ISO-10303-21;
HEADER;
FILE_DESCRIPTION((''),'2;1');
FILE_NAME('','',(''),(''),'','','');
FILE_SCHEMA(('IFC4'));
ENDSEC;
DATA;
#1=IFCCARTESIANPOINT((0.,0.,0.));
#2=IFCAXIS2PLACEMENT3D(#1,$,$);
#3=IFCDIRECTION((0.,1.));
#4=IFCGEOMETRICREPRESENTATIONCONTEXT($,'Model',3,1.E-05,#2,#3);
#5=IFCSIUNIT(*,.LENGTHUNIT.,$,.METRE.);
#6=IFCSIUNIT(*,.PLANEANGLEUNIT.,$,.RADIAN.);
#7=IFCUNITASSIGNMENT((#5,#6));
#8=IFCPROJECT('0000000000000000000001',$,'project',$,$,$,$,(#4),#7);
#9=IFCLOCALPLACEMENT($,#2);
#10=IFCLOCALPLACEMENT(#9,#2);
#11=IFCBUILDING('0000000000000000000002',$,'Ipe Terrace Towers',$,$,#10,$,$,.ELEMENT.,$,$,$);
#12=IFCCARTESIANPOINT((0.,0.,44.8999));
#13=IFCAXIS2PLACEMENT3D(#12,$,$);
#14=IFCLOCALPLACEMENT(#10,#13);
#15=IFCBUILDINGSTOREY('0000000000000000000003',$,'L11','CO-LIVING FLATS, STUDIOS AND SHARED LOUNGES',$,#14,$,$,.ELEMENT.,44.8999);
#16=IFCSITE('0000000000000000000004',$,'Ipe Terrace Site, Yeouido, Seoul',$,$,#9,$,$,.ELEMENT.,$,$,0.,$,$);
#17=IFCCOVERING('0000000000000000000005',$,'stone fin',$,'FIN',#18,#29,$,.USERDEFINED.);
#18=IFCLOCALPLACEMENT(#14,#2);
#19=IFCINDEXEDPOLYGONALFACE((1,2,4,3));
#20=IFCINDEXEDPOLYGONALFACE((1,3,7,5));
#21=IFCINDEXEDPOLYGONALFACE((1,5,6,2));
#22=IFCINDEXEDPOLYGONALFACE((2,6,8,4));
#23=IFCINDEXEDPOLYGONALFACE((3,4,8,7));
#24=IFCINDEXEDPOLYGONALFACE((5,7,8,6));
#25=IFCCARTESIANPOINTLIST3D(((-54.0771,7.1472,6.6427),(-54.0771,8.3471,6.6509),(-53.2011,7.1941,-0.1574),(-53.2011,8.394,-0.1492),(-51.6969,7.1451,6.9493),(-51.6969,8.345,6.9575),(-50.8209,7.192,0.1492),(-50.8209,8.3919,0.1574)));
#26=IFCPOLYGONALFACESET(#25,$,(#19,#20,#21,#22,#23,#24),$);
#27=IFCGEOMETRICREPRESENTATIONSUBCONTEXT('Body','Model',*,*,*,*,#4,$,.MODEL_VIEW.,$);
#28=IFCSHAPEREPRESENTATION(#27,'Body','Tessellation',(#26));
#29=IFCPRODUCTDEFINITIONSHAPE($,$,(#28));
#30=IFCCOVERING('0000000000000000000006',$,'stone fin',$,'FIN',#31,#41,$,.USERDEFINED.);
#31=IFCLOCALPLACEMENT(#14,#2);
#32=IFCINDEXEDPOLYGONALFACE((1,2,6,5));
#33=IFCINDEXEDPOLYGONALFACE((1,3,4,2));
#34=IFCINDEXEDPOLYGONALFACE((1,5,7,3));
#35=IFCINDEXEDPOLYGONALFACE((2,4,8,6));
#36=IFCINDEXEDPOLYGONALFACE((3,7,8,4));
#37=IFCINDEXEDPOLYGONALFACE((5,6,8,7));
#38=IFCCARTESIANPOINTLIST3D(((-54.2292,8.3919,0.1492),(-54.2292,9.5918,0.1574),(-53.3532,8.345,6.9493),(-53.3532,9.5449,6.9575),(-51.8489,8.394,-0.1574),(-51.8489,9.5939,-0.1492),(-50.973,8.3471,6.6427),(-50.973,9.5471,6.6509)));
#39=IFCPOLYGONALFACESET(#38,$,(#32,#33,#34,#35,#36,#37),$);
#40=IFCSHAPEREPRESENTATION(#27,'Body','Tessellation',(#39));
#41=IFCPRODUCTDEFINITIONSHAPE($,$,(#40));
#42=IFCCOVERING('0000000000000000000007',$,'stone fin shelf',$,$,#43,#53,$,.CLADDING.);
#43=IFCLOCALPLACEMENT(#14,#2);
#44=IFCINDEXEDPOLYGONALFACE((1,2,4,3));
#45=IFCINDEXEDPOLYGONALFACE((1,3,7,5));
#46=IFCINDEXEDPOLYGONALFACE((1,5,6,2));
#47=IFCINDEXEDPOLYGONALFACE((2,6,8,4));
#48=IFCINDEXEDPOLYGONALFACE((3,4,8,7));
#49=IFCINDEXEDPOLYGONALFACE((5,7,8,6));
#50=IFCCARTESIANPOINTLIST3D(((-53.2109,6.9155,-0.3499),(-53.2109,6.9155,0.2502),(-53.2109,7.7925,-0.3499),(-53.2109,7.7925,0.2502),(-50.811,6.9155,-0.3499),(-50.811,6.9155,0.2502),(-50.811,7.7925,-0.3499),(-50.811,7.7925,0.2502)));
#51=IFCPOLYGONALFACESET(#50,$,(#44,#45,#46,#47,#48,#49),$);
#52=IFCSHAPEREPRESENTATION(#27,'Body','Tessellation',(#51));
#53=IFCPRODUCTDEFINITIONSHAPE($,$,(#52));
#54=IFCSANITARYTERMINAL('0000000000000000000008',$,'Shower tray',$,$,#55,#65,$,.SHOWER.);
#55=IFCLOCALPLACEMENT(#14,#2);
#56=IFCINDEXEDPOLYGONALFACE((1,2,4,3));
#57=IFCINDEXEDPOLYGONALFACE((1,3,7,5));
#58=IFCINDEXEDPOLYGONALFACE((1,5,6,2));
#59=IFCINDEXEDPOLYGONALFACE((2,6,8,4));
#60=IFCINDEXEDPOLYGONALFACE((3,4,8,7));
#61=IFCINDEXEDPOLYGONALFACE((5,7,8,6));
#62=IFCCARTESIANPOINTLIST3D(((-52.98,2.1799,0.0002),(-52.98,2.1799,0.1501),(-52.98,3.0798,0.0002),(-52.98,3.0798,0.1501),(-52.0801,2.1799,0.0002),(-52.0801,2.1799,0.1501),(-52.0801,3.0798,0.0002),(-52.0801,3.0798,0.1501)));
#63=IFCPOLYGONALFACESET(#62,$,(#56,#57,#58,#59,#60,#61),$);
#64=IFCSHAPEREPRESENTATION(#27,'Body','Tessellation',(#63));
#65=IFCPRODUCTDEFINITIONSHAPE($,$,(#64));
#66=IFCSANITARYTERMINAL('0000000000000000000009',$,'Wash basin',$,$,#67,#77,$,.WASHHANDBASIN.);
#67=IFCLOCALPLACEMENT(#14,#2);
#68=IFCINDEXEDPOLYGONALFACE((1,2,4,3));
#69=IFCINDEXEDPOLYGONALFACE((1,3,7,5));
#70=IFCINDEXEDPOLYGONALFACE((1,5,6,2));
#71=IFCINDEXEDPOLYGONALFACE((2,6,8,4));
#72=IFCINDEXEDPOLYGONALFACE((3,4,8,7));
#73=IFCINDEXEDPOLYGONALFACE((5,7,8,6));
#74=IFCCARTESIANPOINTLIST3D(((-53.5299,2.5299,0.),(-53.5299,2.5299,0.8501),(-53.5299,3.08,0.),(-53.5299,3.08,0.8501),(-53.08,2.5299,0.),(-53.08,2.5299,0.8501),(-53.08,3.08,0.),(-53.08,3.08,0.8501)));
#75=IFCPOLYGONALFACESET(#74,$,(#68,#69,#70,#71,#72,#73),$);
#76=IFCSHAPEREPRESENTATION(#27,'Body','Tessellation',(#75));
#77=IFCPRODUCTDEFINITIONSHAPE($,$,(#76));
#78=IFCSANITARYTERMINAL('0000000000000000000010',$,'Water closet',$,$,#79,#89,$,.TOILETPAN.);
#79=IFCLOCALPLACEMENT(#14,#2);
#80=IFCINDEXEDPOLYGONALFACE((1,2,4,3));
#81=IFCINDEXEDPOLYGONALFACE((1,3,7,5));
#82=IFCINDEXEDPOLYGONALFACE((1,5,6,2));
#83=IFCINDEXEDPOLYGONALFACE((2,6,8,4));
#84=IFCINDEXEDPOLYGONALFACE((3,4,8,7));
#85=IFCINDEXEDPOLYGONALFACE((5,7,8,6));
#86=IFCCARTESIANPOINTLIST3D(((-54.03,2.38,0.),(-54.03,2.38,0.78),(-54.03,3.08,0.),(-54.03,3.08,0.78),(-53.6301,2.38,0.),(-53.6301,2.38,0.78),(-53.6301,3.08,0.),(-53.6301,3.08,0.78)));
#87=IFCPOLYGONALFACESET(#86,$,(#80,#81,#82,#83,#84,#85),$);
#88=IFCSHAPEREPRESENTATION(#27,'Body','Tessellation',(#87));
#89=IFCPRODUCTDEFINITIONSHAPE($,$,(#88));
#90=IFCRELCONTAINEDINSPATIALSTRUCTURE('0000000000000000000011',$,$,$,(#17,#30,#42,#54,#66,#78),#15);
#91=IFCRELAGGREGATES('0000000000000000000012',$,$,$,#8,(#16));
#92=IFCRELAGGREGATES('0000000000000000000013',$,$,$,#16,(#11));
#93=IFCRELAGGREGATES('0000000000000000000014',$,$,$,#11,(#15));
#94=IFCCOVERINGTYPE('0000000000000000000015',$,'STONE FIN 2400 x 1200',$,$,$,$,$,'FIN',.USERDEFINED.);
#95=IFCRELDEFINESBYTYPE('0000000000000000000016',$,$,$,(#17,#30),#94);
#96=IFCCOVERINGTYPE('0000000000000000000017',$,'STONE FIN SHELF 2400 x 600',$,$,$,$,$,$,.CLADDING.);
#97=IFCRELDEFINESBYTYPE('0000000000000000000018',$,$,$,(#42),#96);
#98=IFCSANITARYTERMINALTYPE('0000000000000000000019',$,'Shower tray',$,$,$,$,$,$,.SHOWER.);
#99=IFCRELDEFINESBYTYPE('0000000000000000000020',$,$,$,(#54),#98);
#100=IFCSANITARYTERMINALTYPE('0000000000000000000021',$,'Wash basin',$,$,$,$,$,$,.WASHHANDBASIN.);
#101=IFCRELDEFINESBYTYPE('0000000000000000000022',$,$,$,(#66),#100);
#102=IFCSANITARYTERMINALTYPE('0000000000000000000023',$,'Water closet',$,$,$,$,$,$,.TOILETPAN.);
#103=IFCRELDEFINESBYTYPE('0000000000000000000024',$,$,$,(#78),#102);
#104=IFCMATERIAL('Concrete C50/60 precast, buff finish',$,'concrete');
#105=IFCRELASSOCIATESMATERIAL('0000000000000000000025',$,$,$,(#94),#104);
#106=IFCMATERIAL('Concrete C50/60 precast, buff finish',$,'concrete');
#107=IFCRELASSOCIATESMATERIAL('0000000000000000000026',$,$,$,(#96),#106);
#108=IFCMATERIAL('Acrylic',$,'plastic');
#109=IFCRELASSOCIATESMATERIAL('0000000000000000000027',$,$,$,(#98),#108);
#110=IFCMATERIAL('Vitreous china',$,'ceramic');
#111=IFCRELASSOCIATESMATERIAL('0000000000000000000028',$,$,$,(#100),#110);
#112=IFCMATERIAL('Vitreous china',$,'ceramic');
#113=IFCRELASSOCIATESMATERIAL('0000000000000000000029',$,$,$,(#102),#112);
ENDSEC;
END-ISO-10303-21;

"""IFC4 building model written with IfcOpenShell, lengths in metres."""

from ifc_helpers import new_model, si_unit, direction, frame, origin, origin_2d, place, context, subcontext, project, spatial, rectangle, extrude, material, material_profile, profile_set, type_object, element, save


model = new_model("IFC4")

# Units and contexts
model_context = context("Model", 3, precision=1e-05, world=origin(), true_north=direction((0.0, 1.0)))
body_context = subcontext(model_context, "Body", "Model", "MODEL_VIEW")
ifc_project = project(units=[si_unit("LENGTHUNIT", "METRE"), si_unit("PLANEANGLEUNIT", "RADIAN")], contexts=[model_context])

# Site, building, storey
site_placement = place(None, origin())
site = spatial("IfcSite", under=ifc_project, at=site_placement, Name="Ipe Terrace Site, Yeouido, Seoul", CompositionType="ELEMENT", RefElevation=0.0)
building_placement = place(site_placement, origin())
building = spatial("IfcBuilding", under=site, at=building_placement, Name="Ipe Terrace Towers", CompositionType="ELEMENT")
storey_placement = place(building_placement, frame((0.0, 0.0, 44.8999)))
storey = spatial("IfcBuildingStorey", under=building, at=storey_placement, Name="L11", Description="CO-LIVING FLATS, STUDIOS AND SHARED LOUNGES", CompositionType="ELEMENT", Elevation=44.8999)

# Coverings
ifc_material_1 = material(Name="Concrete C50/60 precast, buff finish", Category="concrete")
ifc_material_profile_1 = material_profile(ifc_material_1, rectangle(XDim=2.3999, YDim=1.2, at=origin_2d()), Name="STONE FIN 2400 x 1200")
ifc_profile_set_1 = profile_set([ifc_material_profile_1], Name="Concrete C50/60 precast, buff finish")
covering_type_1 = type_object("IfcCoveringType", Name="STONE FIN 2400 x 1200", ElementType="FIN", PredefinedType="USERDEFINED", material=ifc_profile_set_1)
for number, where, z_axis, x_axis, name in (
    (1, (-52.011, 7.793, 0.0), (-0.12776, -0.006837, 0.991781), (-0.991805, 0.000881, -0.127757), "stone fin"),
    (2, (-53.0391, 8.9929, 0.0), (0.12776, -0.006837, 0.991781), (-0.991805, -0.000881, 0.127757), "stone fin"),
):
    element("IfcCovering", number, at=place(storey_placement, frame(where, z_axis=z_axis, x_axis=x_axis)), inside=storey, type_object=covering_type_1, Name=name, ObjectType="FIN", PredefinedType="USERDEFINED", context=body_context, shape_type="SweptSolid", body=[
        extrude(rectangle(XDim=2.3999, YDim=1.2, at=origin_2d()), origin(), (0.0, 0.0, 1.0), 6.8564),
    ])
ifc_material_2 = material(Name="Concrete C50/60 precast, buff finish", Category="concrete")
covering_type_2 = type_object("IfcCoveringType", Name="STONE FIN SHELF 2400 x 600", PredefinedType="CLADDING", material=ifc_material_2)
covering_1_placement = place(storey_placement, frame((-52.011, 7.354, -0.3499), z_axis=(0.0, 0.0, 1.0), x_axis=(-1.0, 0.0, 0.0)))
element("IfcCovering", 3, at=covering_1_placement, inside=storey, type_object=covering_type_2, Name="stone fin shelf", PredefinedType="CLADDING", context=body_context, shape_type="SweptSolid", body=[
    extrude(rectangle(XDim=2.3999, YDim=0.877, at=origin_2d()), origin(), (0.0, 0.0, 1.0), 0.6001),
])

# Sanitary terminals
ifc_material_3 = material(Name="Acrylic", Category="plastic")
sanitary_terminal_type_1 = type_object("IfcSanitaryTerminalType", Name="Shower tray", PredefinedType="SHOWER", material=ifc_material_3)
sanitary_terminal_1_placement = place(storey_placement, frame((-52.53, 2.6299, 0.0002), z_axis=(0.0, 0.0, 1.0), x_axis=(0.0, -1.0, 0.0)))
element("IfcSanitaryTerminal", 4, at=sanitary_terminal_1_placement, inside=storey, type_object=sanitary_terminal_type_1, Name="Shower tray", PredefinedType="SHOWER", context=body_context, shape_type="SweptSolid", body=[
    extrude(rectangle(XDim=0.8999, YDim=0.8999, at=origin_2d()), origin(), (0.0, 0.0, 1.0), 0.1499),
])
ifc_material_4 = material(Name="Vitreous china", Category="ceramic")
sanitary_terminal_type_2 = type_object("IfcSanitaryTerminalType", Name="Wash basin", PredefinedType="WASHHANDBASIN", material=ifc_material_4)
sanitary_terminal_2_placement = place(storey_placement, frame((-53.3049, 2.8049, 0.0), z_axis=(0.0, 0.0, 1.0), x_axis=(0.0, -1.0, 0.0)))
element("IfcSanitaryTerminal", 5, at=sanitary_terminal_2_placement, inside=storey, type_object=sanitary_terminal_type_2, Name="Wash basin", PredefinedType="WASHHANDBASIN", context=body_context, shape_type="SweptSolid", body=[
    extrude(rectangle(XDim=0.55, YDim=0.45, at=origin_2d()), origin(), (0.0, 0.0, 1.0), 0.8501),
])
ifc_material_5 = material(Name="Vitreous china", Category="ceramic")
sanitary_terminal_type_3 = type_object("IfcSanitaryTerminalType", Name="Water closet", PredefinedType="TOILETPAN", material=ifc_material_5)
sanitary_terminal_3_placement = place(storey_placement, frame((-53.8301, 2.73, 0.0), z_axis=(0.0, 0.0, 1.0), x_axis=(0.0, -1.0, 0.0)))
element("IfcSanitaryTerminal", 6, at=sanitary_terminal_3_placement, inside=storey, type_object=sanitary_terminal_type_3, Name="Water closet", PredefinedType="TOILETPAN", context=body_context, shape_type="SweptSolid", body=[
    extrude(rectangle(XDim=0.7, YDim=0.3999, at=origin_2d()), origin(), (0.0, 0.0, 1.0), 0.78),
])

save(model, "model.ifc")
